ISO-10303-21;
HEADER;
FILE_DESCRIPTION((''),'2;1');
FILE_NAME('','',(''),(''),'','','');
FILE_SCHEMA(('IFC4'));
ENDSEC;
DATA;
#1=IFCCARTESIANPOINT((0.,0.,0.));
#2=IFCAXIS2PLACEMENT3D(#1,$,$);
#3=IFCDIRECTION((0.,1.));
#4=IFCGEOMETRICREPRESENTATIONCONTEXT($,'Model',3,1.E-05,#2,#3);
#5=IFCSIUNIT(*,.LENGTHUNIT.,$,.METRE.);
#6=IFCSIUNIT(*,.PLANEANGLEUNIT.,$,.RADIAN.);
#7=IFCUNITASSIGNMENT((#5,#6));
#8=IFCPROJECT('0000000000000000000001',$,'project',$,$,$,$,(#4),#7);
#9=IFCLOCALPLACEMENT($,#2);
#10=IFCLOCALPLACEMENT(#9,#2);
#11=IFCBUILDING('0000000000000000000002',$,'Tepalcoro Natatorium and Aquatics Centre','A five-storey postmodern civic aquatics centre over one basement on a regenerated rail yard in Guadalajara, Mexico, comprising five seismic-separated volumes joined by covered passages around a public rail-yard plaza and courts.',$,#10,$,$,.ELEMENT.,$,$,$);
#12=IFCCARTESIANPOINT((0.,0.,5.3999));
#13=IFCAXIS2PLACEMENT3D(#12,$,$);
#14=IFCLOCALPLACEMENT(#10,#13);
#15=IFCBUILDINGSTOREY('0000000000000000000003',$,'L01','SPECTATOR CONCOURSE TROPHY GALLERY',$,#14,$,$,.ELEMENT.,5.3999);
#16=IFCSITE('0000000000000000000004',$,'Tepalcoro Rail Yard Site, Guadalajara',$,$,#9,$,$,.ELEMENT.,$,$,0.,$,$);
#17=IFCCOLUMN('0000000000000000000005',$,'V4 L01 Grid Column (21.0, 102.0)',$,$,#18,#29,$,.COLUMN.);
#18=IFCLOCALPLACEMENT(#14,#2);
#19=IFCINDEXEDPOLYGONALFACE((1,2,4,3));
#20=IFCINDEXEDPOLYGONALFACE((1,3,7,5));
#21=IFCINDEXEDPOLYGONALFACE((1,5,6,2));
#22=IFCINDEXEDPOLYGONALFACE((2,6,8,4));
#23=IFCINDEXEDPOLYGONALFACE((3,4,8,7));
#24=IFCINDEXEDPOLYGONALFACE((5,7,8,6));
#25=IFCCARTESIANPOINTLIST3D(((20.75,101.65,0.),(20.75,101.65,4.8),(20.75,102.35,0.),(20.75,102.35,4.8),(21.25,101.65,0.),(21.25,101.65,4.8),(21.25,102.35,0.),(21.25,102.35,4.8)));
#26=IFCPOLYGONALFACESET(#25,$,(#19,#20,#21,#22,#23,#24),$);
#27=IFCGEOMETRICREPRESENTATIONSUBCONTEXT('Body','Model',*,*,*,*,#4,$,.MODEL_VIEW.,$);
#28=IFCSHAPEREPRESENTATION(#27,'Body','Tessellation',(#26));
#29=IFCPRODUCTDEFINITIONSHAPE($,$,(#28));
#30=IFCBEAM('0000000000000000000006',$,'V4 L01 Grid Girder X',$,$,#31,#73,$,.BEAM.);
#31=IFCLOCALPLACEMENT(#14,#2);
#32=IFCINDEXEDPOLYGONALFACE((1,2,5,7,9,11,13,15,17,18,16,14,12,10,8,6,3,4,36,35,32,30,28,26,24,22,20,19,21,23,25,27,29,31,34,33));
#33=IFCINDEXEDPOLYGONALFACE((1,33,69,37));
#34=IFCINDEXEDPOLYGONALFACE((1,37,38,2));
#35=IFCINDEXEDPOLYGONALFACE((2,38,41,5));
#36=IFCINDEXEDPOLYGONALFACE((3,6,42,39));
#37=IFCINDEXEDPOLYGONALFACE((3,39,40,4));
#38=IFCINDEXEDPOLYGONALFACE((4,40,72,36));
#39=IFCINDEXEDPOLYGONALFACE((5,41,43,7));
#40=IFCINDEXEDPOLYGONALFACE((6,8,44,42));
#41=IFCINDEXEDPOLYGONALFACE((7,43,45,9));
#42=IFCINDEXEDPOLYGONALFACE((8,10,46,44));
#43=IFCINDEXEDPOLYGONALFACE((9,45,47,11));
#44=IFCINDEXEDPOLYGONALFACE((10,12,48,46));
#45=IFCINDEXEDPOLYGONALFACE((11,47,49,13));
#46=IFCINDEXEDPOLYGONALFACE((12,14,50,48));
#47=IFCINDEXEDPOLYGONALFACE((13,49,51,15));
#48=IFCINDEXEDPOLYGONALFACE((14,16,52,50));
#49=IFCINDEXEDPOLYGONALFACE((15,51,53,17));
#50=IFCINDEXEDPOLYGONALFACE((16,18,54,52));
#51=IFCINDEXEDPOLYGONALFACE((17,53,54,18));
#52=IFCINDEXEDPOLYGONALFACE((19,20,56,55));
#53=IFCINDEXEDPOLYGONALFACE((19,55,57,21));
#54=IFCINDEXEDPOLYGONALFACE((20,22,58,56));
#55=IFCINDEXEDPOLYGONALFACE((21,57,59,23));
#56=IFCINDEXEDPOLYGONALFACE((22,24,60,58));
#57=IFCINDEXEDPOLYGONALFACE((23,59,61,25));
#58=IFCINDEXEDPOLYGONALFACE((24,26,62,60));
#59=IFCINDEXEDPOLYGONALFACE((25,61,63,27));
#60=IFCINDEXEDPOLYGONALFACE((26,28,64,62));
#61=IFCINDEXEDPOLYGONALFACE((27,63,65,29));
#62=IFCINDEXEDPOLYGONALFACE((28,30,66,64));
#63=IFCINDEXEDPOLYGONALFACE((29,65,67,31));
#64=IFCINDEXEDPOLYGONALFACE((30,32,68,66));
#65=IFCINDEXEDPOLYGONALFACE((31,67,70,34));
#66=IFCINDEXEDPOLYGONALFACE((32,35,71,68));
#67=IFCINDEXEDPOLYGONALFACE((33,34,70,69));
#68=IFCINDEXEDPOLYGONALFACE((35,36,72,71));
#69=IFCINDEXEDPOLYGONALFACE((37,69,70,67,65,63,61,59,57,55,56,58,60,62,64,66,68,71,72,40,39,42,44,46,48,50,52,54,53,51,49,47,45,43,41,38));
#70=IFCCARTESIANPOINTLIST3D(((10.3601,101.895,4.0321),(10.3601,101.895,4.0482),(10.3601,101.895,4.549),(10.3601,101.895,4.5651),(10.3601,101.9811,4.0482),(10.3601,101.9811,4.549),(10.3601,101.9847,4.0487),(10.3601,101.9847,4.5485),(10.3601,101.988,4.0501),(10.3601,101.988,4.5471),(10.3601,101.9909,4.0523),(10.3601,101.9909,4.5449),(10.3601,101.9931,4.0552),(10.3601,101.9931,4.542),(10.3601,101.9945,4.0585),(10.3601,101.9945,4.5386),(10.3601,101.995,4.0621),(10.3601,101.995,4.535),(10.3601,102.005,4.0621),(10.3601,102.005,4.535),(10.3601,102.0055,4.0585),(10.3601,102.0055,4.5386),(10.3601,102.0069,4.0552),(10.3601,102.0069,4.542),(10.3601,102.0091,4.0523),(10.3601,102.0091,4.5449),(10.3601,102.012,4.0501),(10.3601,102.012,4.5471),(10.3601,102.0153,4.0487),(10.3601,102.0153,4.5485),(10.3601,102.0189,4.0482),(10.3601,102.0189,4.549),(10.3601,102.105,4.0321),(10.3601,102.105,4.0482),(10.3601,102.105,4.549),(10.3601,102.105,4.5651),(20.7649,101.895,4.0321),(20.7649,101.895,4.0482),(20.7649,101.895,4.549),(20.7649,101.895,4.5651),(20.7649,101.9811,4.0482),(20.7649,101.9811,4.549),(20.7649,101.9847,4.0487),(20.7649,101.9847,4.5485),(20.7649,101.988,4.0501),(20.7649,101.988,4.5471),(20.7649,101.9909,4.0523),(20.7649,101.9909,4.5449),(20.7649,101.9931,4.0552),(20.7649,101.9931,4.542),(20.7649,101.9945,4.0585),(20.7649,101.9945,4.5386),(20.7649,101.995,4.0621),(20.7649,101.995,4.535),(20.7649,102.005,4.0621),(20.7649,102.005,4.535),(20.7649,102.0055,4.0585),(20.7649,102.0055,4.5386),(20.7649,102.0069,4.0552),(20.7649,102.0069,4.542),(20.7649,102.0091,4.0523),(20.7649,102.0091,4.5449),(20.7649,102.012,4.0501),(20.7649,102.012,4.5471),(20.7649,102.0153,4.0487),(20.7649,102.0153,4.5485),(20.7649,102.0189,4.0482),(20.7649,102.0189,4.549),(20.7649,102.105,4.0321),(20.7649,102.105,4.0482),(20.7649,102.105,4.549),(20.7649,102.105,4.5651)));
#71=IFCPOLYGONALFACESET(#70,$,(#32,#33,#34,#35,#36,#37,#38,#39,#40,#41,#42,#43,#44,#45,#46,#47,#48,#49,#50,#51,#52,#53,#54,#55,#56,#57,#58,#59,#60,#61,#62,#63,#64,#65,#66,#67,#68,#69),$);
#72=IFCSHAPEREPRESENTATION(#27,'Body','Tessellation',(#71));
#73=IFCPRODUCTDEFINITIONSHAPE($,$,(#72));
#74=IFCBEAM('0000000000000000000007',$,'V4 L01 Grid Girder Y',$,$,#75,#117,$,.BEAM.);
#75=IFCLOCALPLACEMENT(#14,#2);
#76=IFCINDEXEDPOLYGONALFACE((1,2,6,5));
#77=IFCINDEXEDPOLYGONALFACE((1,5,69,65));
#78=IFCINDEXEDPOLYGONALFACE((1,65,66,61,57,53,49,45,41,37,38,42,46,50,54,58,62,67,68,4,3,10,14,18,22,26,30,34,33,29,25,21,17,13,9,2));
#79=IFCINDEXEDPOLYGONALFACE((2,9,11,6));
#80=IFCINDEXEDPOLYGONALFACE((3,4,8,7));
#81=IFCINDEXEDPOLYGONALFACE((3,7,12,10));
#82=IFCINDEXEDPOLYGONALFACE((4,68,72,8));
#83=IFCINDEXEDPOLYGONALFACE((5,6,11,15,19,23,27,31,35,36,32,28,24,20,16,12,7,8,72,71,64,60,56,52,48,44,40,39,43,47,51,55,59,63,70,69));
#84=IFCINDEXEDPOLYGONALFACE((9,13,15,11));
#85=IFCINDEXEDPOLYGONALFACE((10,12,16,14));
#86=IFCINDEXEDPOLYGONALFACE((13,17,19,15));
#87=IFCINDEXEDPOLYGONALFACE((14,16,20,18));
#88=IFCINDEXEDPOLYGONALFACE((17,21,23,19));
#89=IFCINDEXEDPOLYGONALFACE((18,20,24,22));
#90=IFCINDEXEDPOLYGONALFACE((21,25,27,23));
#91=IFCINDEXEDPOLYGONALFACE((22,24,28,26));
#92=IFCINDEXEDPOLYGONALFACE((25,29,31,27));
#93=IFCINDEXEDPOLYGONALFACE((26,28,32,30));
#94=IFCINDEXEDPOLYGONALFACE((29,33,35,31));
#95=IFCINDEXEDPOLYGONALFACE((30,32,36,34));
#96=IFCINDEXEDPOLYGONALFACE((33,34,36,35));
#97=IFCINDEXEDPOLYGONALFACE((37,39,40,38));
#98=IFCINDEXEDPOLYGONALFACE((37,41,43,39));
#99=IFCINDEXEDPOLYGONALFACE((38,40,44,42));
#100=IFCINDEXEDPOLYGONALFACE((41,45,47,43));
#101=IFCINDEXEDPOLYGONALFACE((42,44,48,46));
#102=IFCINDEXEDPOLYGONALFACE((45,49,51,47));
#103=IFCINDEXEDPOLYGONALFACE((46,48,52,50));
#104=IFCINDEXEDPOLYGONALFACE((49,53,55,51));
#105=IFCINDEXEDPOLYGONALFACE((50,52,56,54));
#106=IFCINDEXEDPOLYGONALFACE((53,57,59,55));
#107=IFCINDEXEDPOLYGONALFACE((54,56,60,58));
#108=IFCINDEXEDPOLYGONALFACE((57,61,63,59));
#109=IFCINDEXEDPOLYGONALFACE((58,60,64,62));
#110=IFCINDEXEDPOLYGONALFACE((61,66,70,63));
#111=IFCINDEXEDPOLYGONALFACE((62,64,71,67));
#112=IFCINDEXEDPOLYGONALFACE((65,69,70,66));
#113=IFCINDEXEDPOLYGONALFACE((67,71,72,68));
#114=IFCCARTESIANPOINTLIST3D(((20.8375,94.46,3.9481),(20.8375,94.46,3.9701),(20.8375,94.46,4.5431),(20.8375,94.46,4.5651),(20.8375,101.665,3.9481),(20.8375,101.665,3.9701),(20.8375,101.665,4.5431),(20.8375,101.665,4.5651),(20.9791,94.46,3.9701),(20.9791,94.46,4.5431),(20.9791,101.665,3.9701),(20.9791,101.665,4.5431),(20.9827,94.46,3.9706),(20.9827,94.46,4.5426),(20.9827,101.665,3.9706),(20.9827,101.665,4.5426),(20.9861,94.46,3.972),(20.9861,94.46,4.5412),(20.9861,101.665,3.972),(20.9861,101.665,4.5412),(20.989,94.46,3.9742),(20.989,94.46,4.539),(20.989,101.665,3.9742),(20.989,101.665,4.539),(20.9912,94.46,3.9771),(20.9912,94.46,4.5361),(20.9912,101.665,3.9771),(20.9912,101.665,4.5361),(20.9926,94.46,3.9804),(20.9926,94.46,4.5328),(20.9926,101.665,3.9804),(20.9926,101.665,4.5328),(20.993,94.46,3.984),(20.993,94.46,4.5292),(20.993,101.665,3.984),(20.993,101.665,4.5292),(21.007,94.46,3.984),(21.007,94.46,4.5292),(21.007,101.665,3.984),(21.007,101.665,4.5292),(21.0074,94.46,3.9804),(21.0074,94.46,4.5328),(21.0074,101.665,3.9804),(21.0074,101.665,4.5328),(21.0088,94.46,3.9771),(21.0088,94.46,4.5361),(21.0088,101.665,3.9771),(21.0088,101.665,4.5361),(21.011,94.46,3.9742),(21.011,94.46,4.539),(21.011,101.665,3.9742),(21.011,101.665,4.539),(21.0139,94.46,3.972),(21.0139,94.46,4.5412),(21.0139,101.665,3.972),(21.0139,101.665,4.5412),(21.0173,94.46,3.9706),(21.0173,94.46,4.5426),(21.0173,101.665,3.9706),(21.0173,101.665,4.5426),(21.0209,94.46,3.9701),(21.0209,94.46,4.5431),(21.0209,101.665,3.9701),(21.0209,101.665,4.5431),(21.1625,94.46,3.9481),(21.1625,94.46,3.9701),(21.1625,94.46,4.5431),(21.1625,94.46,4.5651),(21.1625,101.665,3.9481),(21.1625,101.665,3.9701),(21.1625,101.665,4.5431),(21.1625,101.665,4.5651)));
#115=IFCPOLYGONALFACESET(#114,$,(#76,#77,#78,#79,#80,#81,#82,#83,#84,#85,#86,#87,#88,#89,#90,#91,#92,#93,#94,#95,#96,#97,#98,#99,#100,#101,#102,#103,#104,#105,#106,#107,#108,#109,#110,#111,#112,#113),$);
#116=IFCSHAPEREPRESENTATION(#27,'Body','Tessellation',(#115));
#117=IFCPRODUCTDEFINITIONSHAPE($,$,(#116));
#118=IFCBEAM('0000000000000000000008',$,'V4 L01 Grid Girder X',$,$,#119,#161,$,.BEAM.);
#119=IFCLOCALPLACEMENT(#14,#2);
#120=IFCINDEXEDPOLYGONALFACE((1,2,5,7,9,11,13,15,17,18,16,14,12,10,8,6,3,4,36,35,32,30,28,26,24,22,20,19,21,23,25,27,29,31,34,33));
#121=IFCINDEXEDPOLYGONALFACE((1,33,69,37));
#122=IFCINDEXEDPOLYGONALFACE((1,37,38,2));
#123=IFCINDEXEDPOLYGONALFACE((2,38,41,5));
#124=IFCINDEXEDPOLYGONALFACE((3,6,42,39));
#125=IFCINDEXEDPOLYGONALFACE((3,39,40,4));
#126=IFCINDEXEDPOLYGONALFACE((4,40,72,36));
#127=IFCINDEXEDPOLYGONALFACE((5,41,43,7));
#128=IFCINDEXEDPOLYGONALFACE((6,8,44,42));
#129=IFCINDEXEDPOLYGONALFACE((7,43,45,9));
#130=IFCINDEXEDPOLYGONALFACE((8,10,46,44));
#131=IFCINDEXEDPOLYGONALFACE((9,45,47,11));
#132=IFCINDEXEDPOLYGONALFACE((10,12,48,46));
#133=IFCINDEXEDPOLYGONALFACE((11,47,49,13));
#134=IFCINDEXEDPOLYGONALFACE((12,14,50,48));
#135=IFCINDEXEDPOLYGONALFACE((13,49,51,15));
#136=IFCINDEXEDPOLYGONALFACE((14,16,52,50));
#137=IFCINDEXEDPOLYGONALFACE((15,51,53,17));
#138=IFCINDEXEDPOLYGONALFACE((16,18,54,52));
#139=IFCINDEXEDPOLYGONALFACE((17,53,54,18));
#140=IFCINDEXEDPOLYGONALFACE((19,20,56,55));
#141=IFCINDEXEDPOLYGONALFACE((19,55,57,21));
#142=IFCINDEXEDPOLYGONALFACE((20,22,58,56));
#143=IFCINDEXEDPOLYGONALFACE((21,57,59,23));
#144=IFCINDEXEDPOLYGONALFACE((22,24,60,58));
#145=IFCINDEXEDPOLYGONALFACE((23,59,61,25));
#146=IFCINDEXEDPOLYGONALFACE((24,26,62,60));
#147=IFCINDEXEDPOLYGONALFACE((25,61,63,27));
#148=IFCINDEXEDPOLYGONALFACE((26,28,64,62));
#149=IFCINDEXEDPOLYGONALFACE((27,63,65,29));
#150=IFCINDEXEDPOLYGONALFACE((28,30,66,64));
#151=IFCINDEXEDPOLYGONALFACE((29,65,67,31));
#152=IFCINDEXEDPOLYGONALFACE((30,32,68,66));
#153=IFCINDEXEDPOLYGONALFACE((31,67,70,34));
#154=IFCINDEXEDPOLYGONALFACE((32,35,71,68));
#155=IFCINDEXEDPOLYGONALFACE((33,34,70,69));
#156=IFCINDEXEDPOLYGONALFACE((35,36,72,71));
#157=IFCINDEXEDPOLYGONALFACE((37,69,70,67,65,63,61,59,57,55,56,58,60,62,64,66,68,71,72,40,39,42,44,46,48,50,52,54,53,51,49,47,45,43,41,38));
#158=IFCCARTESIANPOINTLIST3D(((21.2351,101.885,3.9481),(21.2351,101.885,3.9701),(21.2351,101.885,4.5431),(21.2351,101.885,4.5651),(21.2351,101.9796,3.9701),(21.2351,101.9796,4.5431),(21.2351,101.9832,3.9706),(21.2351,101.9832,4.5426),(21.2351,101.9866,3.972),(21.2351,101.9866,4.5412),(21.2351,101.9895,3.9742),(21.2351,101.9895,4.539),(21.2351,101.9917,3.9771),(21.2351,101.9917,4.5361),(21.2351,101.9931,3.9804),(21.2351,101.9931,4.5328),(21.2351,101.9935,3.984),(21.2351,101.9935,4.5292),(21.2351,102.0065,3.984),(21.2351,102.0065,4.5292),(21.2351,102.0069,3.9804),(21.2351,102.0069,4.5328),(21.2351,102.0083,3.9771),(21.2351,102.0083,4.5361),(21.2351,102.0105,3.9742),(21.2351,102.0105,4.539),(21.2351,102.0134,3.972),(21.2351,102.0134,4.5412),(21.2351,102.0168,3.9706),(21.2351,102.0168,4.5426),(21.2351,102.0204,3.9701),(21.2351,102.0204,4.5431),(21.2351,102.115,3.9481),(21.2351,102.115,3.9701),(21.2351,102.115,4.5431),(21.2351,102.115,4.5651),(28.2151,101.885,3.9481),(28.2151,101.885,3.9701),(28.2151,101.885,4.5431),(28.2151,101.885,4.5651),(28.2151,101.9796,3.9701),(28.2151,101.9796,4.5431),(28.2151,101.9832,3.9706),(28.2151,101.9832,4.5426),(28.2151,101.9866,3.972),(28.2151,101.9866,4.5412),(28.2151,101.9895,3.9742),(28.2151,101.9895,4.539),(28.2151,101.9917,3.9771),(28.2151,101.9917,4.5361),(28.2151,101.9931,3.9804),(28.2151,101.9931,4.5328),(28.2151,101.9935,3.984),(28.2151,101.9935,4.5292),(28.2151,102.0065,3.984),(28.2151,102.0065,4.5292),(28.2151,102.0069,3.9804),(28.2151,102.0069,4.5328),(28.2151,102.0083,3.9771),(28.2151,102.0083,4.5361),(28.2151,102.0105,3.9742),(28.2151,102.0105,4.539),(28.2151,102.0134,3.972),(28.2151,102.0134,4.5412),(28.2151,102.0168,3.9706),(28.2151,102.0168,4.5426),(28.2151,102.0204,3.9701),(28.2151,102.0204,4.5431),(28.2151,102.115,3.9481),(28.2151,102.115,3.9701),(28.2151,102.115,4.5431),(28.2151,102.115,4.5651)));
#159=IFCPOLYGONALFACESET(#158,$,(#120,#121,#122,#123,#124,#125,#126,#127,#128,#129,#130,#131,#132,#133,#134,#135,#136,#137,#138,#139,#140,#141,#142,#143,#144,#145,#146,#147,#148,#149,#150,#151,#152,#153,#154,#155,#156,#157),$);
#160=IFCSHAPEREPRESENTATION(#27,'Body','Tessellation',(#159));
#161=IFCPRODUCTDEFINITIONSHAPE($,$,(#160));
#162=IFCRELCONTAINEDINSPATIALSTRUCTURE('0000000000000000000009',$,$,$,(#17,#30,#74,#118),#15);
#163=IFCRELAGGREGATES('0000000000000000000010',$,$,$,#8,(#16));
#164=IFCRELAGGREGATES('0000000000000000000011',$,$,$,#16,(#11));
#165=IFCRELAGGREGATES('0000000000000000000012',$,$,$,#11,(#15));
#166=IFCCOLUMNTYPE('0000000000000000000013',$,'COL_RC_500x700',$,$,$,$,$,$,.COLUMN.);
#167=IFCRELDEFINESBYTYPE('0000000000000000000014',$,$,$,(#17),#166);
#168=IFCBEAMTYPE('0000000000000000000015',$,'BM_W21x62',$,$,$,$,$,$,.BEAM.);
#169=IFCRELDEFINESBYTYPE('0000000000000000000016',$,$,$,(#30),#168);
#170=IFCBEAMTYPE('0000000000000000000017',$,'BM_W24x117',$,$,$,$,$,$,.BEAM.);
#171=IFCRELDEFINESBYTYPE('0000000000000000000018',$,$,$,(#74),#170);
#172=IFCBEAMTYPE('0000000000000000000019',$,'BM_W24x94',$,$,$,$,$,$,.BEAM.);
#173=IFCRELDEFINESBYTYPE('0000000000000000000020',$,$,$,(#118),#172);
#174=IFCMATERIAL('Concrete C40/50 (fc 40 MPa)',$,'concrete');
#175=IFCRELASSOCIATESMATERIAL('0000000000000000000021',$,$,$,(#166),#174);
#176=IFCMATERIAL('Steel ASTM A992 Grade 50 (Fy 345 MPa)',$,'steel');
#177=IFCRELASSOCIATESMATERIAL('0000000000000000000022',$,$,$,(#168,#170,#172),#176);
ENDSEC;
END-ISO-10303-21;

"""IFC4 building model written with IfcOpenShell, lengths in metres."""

from ifc_helpers import new_model, si_unit, direction, frame, origin, origin_2d, place, context, subcontext, project, spatial, rectangle, i_section, extrude, material, material_profile, profile_set, type_object, element, save


model = new_model("IFC4")

# Units and contexts
model_context = context("Model", 3, precision=1e-05, world=origin(), true_north=direction((0.0, 1.0)))
body_context = subcontext(model_context, "Body", "Model", "MODEL_VIEW")
ifc_project = project(units=[si_unit("LENGTHUNIT", "METRE"), si_unit("PLANEANGLEUNIT", "RADIAN")], contexts=[model_context])

# Site, building, storey
site_placement = place(None, origin())
site = spatial("IfcSite", under=ifc_project, at=site_placement, Name="Tepalcoro Rail Yard Site, Guadalajara", CompositionType="ELEMENT", RefElevation=0.0)
building_placement = place(site_placement, origin())
building = spatial("IfcBuilding", under=site, at=building_placement, Name="Tepalcoro Natatorium and Aquatics Centre", Description="A five-storey postmodern civic aquatics centre over one basement on a regenerated rail yard in Guadalajara, Mexico, comprising five seismic-separated volumes joined by covered passages around a public rail-yard plaza and courts.", CompositionType="ELEMENT")
storey_placement = place(building_placement, frame((0.0, 0.0, 5.3999)))
storey = spatial("IfcBuildingStorey", under=building, at=storey_placement, Name="L01", Description="SPECTATOR CONCOURSE TROPHY GALLERY", CompositionType="ELEMENT", Elevation=5.3999)

# Column
ifc_material_1 = material(Name="Concrete C40/50 (fc 40 MPa)", Category="concrete")
ifc_material_profile_1 = material_profile(ifc_material_1, rectangle(XDim=0.5, YDim=0.7, at=origin_2d()), Name="RC500x700")
ifc_profile_set_1 = profile_set([ifc_material_profile_1], Name="Concrete C40/50 (fc 40 MPa)")
column_type = type_object("IfcColumnType", Name="COL_RC_500x700", PredefinedType="COLUMN", material=ifc_profile_set_1)
column_placement = place(storey_placement, frame((21.0, 102.0, 0.0), z_axis=(0.0, 0.0, 1.0), x_axis=(1.0, 0.0, 0.0)))
element("IfcColumn", 1, at=column_placement, inside=storey, type_object=column_type, Name="V4 L01 Grid Column (21.0, 102.0)", PredefinedType="COLUMN", context=body_context, shape_type="SweptSolid", body=[
    extrude(rectangle(XDim=0.5, YDim=0.7, at=origin_2d()), origin(), (0.0, 0.0, 1.0), 4.8),
])

# Beams
ifc_material_2 = material(Name="Steel ASTM A992 Grade 50 (Fy 345 MPa)", Category="steel")
ifc_material_profile_2 = material_profile(ifc_material_2, i_section(OverallWidth=0.21, OverallDepth=0.533, WebThickness=0.01, FlangeThickness=0.0161, FilletRadius=0.0139, at=origin_2d()), Name="W21X62")
ifc_profile_set_2 = profile_set([ifc_material_profile_2], Name="Steel ASTM A992 Grade 50 (Fy 345 MPa)")
beam_type_1 = type_object("IfcBeamType", Name="BM_W21x62", PredefinedType="BEAM", material=ifc_profile_set_2)
beam_1_placement = place(storey_placement, frame((10.3601, 102.0, 4.2986), z_axis=(1.0, 0.0, 0.0), x_axis=(0.0, 1.0, 0.0)))
element("IfcBeam", 2, at=beam_1_placement, inside=storey, type_object=beam_type_1, Name="V4 L01 Grid Girder X", PredefinedType="BEAM", context=body_context, shape_type="SweptSolid", body=[
    extrude(i_section(OverallWidth=0.21, OverallDepth=0.533, WebThickness=0.01, FlangeThickness=0.0161, FilletRadius=0.0139, at=origin_2d()), origin(), (0.0, 0.0, 1.0), 10.4048),
])
ifc_material_profile_3 = material_profile(ifc_material_2, i_section(OverallWidth=0.325, OverallDepth=0.6169, WebThickness=0.0139, FlangeThickness=0.022, FilletRadius=0.0139, at=origin_2d()), Name="W24X117")
ifc_profile_set_3 = profile_set([ifc_material_profile_3], Name="Steel ASTM A992 Grade 50 (Fy 345 MPa)")
beam_type_2 = type_object("IfcBeamType", Name="BM_W24x117", PredefinedType="BEAM", material=ifc_profile_set_3)
beam_2_placement = place(storey_placement, frame((21.0, 94.46, 4.2566), z_axis=(0.0, 1.0, 0.0), x_axis=(-1.0, 0.0, 0.0)))
element("IfcBeam", 3, at=beam_2_placement, inside=storey, type_object=beam_type_2, Name="V4 L01 Grid Girder Y", PredefinedType="BEAM", context=body_context, shape_type="SweptSolid", body=[
    extrude(i_section(OverallWidth=0.325, OverallDepth=0.6169, WebThickness=0.0139, FlangeThickness=0.022, FilletRadius=0.0139, at=origin_2d()), origin(), (0.0, 0.0, 1.0), 7.2051),
])
ifc_material_profile_4 = material_profile(ifc_material_2, i_section(OverallWidth=0.23, OverallDepth=0.6169, WebThickness=0.0129, FlangeThickness=0.022, FilletRadius=0.0139, at=origin_2d()), Name="W24X94")
ifc_profile_set_4 = profile_set([ifc_material_profile_4], Name="Steel ASTM A992 Grade 50 (Fy 345 MPa)")
beam_type_3 = type_object("IfcBeamType", Name="BM_W24x94", PredefinedType="BEAM", material=ifc_profile_set_4)
beam_3_placement = place(storey_placement, frame((21.2351, 102.0, 4.2566), z_axis=(1.0, 0.0, 0.0), x_axis=(0.0, 1.0, 0.0)))
element("IfcBeam", 4, at=beam_3_placement, inside=storey, type_object=beam_type_3, Name="V4 L01 Grid Girder X", PredefinedType="BEAM", context=body_context, shape_type="SweptSolid", body=[
    extrude(i_section(OverallWidth=0.23, OverallDepth=0.6169, WebThickness=0.0129, FlangeThickness=0.022, FilletRadius=0.0139, at=origin_2d()), origin(), (0.0, 0.0, 1.0), 6.98),
])

save(model, "model.ifc")
